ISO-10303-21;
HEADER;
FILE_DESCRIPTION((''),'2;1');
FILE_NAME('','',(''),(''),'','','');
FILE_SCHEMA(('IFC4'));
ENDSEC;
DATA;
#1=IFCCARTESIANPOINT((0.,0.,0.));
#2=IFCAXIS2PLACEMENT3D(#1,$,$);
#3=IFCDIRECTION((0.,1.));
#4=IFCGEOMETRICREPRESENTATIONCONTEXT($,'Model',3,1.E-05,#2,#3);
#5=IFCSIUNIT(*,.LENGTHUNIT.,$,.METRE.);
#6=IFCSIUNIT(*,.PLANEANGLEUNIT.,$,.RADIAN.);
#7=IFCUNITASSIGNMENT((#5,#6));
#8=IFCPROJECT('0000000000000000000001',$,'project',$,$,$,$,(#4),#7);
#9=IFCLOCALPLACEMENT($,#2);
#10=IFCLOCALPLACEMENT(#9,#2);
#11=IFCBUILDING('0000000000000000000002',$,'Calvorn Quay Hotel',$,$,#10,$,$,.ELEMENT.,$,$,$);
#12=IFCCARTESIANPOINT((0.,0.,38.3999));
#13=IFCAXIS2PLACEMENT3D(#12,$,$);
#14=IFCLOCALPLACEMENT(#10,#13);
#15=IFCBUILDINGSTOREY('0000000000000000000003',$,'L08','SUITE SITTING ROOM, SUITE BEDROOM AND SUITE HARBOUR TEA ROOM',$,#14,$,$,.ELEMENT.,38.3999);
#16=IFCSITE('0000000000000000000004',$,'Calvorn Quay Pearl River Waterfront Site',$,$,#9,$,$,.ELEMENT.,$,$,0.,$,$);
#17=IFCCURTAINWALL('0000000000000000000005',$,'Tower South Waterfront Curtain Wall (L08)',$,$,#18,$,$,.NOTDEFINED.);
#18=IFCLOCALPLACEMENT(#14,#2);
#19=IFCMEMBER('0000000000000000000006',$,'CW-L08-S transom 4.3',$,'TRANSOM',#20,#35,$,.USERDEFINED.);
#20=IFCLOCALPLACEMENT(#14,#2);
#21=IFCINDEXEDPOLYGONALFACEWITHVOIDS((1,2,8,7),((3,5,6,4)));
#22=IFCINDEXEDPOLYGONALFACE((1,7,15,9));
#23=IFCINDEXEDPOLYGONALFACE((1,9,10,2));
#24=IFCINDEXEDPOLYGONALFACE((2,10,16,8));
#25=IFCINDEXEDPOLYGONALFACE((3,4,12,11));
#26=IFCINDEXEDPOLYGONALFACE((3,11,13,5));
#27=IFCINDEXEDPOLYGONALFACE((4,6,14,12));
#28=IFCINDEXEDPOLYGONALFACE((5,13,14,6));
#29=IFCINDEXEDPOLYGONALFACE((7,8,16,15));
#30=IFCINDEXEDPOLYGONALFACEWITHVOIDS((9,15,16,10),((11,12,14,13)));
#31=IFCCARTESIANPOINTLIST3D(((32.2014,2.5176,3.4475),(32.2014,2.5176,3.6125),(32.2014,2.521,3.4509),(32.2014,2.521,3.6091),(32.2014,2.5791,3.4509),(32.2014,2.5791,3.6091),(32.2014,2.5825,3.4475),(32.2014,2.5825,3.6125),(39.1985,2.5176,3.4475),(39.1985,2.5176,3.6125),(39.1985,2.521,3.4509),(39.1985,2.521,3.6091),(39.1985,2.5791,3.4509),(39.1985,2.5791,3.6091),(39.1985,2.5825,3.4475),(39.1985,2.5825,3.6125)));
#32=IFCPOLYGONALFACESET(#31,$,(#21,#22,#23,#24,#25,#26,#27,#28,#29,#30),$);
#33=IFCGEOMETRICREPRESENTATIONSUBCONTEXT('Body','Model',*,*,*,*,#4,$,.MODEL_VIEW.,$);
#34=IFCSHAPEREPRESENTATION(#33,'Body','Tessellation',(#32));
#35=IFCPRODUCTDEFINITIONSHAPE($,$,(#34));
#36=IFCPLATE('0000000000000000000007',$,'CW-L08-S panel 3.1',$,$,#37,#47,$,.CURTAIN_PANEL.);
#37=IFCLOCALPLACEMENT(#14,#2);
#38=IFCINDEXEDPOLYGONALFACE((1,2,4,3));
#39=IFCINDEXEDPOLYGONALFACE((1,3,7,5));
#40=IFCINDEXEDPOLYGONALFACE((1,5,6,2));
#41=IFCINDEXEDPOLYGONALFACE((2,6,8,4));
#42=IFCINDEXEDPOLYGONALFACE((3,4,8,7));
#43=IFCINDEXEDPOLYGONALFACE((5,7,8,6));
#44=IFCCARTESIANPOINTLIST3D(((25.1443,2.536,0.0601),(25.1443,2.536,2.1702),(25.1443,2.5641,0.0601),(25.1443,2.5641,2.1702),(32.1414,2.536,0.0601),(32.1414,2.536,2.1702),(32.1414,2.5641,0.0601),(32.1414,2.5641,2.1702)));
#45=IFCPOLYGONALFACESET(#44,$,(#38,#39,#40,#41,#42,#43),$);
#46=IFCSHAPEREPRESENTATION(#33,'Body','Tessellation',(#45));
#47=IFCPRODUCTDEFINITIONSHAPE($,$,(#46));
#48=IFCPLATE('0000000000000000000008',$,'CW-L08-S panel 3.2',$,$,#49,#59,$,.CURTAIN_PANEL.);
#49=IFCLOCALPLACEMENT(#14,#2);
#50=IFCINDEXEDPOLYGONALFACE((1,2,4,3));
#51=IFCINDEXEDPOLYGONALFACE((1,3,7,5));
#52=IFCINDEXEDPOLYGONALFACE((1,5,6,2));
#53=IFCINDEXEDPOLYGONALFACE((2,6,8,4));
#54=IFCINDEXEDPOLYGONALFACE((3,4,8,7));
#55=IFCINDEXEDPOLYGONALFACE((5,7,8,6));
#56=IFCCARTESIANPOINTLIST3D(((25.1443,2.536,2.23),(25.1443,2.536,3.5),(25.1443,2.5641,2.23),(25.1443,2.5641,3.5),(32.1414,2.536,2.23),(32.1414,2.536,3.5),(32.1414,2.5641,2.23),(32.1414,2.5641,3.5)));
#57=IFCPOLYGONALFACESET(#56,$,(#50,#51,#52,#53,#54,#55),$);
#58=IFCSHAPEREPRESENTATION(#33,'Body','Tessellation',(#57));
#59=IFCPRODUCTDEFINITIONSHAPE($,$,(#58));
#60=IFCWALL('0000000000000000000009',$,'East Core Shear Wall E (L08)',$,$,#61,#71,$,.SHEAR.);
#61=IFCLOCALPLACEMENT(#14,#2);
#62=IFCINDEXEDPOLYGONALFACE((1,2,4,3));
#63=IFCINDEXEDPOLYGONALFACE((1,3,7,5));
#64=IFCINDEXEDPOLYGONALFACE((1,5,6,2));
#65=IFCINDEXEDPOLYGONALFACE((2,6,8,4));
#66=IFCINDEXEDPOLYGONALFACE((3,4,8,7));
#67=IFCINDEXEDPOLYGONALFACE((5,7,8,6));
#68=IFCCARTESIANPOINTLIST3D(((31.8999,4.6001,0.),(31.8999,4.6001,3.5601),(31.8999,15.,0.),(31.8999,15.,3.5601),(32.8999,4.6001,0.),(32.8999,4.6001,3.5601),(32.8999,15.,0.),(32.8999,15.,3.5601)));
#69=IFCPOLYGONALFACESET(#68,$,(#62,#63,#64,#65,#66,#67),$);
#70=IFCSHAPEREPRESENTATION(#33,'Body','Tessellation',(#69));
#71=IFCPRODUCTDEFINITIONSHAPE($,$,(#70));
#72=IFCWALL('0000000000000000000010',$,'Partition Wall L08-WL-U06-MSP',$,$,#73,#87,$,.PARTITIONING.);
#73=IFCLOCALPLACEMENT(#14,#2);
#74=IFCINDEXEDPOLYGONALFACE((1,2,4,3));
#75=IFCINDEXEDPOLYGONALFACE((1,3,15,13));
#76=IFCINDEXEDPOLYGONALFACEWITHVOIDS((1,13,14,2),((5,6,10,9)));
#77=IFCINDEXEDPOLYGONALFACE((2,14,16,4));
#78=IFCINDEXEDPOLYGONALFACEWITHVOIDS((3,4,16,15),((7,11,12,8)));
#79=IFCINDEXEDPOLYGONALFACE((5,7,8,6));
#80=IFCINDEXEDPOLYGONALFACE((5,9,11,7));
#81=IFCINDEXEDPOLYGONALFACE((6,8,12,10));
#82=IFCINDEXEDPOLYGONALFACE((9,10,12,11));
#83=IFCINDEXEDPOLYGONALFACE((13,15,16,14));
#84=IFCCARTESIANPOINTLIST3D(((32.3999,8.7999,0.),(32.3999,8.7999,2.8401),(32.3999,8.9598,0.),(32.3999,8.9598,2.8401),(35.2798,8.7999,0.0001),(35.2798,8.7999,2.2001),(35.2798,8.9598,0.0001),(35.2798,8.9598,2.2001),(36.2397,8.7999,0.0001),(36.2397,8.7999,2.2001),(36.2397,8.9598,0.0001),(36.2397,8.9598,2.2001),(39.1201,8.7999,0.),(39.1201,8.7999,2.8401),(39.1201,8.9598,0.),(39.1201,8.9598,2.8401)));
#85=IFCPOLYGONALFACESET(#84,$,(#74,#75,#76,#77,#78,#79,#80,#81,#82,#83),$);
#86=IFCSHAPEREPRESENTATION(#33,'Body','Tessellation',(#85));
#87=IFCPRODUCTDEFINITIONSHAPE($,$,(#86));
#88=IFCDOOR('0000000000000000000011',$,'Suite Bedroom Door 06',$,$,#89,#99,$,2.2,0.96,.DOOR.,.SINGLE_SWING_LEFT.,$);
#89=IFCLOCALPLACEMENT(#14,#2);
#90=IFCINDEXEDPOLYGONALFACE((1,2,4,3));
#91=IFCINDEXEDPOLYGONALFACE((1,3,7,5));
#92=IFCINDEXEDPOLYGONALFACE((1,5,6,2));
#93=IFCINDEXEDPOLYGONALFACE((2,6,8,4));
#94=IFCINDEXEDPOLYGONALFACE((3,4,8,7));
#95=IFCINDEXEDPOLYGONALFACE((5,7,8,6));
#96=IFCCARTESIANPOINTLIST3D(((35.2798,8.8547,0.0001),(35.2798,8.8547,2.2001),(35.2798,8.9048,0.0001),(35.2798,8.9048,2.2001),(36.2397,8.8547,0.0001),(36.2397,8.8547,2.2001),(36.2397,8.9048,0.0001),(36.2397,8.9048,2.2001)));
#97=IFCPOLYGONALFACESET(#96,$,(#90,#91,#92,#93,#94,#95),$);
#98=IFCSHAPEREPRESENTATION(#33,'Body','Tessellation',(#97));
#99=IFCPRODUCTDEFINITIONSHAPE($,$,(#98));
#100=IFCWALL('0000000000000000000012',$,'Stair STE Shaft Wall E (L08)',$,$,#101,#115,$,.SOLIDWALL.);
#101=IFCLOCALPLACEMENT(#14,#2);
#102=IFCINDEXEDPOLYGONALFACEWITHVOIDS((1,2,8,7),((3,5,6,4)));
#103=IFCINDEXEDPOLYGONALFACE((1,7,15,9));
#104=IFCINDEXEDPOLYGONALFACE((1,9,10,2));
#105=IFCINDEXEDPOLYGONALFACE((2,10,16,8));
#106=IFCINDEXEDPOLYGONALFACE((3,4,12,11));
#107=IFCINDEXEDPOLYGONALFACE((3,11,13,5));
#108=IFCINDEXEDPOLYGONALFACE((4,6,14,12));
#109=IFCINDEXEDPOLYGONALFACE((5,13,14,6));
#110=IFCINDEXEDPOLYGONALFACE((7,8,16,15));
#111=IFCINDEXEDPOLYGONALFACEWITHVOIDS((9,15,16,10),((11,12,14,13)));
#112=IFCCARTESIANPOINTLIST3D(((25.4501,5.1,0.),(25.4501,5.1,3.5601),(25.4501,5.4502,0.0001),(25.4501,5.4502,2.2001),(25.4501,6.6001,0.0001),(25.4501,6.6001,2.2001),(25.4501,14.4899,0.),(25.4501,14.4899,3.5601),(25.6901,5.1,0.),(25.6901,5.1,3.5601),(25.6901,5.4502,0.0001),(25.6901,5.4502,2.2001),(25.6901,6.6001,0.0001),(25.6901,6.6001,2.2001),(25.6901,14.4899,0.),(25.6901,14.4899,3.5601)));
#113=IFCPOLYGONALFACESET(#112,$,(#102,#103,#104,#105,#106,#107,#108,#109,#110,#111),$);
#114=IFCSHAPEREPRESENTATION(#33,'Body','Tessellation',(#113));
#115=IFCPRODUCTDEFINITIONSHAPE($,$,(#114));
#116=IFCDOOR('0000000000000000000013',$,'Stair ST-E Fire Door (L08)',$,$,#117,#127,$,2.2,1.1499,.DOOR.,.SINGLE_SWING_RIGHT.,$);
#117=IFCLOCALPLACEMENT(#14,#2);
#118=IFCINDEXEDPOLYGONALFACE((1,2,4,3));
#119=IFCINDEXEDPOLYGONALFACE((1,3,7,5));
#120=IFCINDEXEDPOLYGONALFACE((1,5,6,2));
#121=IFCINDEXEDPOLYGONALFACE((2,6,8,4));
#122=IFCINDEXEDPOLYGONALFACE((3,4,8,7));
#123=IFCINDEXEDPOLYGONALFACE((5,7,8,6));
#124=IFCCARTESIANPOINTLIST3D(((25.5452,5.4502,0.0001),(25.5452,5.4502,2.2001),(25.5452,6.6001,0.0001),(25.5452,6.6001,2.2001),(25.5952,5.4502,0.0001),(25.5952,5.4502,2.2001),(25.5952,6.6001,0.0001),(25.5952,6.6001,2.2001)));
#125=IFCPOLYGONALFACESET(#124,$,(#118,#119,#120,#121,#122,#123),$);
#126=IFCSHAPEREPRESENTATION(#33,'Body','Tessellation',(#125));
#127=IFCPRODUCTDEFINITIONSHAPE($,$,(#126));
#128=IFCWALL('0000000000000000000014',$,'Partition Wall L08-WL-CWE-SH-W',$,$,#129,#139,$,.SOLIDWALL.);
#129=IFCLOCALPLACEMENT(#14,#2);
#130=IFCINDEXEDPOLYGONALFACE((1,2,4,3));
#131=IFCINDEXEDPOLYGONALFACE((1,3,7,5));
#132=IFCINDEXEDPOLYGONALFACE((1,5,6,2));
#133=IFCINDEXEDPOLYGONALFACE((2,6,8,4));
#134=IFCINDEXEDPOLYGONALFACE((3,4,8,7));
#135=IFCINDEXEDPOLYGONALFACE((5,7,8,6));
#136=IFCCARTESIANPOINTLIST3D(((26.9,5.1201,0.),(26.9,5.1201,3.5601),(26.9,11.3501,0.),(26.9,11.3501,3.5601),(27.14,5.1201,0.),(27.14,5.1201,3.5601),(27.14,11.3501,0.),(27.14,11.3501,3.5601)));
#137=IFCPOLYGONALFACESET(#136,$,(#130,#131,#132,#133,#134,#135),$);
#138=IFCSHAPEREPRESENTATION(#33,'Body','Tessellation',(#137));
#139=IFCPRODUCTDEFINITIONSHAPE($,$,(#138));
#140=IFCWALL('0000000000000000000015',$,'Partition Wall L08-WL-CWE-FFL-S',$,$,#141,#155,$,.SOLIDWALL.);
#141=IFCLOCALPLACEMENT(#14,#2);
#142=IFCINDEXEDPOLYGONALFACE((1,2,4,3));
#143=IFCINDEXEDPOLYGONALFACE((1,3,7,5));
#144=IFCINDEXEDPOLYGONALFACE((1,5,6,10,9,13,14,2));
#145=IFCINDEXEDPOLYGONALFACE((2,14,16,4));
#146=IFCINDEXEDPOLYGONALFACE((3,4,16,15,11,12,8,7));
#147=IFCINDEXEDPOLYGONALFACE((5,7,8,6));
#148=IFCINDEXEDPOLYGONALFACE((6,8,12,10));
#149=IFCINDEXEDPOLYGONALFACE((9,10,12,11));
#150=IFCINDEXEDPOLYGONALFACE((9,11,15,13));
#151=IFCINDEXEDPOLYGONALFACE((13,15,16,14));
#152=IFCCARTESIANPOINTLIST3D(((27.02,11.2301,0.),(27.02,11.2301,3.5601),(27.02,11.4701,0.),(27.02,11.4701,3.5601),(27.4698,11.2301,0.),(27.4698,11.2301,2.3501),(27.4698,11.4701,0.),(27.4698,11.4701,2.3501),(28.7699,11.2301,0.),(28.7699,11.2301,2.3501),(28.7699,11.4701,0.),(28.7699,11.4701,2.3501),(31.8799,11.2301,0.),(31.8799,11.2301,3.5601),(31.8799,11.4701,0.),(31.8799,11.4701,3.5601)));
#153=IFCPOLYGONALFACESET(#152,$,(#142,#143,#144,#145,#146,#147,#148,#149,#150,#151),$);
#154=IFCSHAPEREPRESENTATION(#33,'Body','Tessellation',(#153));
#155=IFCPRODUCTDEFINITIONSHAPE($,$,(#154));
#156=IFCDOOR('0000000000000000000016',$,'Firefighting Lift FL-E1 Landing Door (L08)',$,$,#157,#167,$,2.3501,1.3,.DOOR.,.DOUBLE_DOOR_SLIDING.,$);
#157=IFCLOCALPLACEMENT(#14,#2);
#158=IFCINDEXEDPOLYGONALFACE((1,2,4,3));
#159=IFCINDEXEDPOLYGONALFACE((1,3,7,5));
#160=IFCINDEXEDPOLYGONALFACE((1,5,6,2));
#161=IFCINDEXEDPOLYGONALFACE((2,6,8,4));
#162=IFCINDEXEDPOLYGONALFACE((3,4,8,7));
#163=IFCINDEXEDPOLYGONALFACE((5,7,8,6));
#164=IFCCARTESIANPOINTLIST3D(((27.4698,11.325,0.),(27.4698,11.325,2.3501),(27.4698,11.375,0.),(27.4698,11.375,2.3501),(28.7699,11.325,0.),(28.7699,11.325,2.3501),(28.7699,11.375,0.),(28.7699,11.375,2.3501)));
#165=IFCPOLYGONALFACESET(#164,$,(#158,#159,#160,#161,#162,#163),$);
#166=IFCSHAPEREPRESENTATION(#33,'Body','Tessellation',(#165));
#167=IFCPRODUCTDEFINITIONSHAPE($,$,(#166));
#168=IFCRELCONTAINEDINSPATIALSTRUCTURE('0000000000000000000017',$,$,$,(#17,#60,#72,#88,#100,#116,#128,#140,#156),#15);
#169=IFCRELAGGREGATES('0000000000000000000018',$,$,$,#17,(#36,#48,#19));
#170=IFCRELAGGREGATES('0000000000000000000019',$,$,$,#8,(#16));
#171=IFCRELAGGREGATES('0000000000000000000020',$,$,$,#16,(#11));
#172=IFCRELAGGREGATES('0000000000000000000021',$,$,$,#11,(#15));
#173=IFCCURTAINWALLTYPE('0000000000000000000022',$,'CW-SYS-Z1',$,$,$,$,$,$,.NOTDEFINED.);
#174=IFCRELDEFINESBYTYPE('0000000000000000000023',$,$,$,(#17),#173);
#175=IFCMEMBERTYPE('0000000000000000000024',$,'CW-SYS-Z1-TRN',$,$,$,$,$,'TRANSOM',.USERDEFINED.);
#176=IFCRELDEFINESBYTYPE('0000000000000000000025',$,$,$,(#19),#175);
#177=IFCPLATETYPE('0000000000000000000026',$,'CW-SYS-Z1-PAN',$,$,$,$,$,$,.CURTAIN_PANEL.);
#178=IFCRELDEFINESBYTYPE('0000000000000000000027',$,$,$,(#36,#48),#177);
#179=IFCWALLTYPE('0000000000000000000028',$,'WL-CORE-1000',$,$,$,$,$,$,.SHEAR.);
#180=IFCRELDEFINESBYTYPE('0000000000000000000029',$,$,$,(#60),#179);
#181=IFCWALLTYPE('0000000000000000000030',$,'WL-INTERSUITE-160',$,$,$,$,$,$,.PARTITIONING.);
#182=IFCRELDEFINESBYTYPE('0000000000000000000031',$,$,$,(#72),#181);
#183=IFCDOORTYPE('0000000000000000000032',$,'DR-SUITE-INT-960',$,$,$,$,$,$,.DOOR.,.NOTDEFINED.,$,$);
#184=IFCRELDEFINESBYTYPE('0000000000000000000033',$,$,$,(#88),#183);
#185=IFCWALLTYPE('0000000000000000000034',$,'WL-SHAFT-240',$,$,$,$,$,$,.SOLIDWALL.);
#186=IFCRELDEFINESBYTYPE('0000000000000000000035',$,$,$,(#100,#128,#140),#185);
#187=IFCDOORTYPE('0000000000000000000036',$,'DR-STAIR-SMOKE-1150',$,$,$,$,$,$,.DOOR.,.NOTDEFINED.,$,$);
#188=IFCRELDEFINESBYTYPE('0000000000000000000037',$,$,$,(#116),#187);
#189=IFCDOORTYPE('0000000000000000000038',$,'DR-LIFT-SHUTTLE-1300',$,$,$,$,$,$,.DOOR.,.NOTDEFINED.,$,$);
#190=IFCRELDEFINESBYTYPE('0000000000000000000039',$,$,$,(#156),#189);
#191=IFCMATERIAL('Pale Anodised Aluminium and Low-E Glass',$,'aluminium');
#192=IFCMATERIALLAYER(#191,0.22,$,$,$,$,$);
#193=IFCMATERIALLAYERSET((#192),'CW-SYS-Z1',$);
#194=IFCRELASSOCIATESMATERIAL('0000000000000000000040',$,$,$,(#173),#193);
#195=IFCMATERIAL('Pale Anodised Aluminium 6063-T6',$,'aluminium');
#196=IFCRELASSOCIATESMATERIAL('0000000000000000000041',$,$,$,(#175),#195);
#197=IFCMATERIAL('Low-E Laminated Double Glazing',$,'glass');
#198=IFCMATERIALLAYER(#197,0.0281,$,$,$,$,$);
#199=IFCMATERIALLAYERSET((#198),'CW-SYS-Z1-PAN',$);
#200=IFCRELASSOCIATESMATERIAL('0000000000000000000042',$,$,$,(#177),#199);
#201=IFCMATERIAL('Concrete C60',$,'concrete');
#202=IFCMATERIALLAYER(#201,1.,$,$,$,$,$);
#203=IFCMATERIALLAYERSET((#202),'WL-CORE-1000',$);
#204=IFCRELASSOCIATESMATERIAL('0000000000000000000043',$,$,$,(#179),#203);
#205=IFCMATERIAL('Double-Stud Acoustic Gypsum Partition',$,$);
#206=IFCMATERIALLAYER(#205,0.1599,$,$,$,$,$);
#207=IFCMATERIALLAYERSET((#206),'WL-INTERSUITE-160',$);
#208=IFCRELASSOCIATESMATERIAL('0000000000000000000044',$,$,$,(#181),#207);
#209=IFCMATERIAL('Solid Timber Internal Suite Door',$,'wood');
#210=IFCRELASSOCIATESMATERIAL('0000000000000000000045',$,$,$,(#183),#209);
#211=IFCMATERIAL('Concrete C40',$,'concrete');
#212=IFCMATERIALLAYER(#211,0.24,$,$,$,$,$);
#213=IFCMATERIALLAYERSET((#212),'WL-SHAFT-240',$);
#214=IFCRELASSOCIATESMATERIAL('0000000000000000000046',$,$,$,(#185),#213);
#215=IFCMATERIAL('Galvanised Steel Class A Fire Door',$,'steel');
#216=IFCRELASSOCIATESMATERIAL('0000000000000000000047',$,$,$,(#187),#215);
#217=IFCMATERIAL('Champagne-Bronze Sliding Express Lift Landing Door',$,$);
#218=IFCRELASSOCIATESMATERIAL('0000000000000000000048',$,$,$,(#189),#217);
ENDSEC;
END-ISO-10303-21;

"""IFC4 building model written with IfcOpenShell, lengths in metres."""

from ifc_helpers import new_model, si_unit, direction, frame, frame_2d, origin, origin_2d, place, context, subcontext, project, spatial, rectangle, hollow_rectangle, extrude, material, layer, layer_set, material_profile, profile_set, type_object, element, fill, aggregate, save


model = new_model("IFC4")

# Units and contexts
model_context = context("Model", 3, precision=1e-05, world=origin(), true_north=direction((0.0, 1.0)))
body_context = subcontext(model_context, "Body", "Model", "MODEL_VIEW")
ifc_project = project(units=[si_unit("LENGTHUNIT", "METRE"), si_unit("PLANEANGLEUNIT", "RADIAN")], contexts=[model_context])

# Site, building, storey
site_placement = place(None, origin())
site = spatial("IfcSite", under=ifc_project, at=site_placement, Name="Calvorn Quay Pearl River Waterfront Site", CompositionType="ELEMENT", RefElevation=0.0)
building_placement = place(site_placement, origin())
building = spatial("IfcBuilding", under=site, at=building_placement, Name="Calvorn Quay Hotel", CompositionType="ELEMENT")
storey_placement = place(building_placement, frame((0.0, 0.0, 38.3999)))
storey = spatial("IfcBuildingStorey", under=building, at=storey_placement, Name="L08", Description="SUITE SITTING ROOM, SUITE BEDROOM AND SUITE HARBOUR TEA ROOM", CompositionType="ELEMENT", Elevation=38.3999)

# Curtain wall, member, plates
ifc_material_1 = material(Name="Pale Anodised Aluminium and Low-E Glass", Category="aluminium")
ifc_layer_1 = layer(ifc_material_1, 0.22)
ifc_layer_set_1 = layer_set([ifc_layer_1], Name="CW-SYS-Z1")
curtain_wall_type = type_object("IfcCurtainWallType", Name="CW-SYS-Z1", PredefinedType="NOTDEFINED", material=ifc_layer_set_1)
curtain_wall_placement = place(storey_placement, origin())
curtain_wall = element("IfcCurtainWall", 1, at=curtain_wall_placement, inside=storey, type_object=curtain_wall_type, Name="Tower South Waterfront Curtain Wall (L08)", PredefinedType="NOTDEFINED")
ifc_material_2 = material(Name="Pale Anodised Aluminium 6063-T6", Category="aluminium")
ifc_material_profile_1 = material_profile(ifc_material_2, hollow_rectangle(XDim=0.0649, YDim=0.165, WallThickness=0.0034, at=origin_2d()), Name="ALU-T165x65x3.5")
ifc_profile_set_1 = profile_set([ifc_material_profile_1], Name="Pale Anodised Aluminium 6063-T6")
member_type_1 = type_object("IfcMemberType", Name="CW-SYS-Z1-TRN", ElementType="TRANSOM", PredefinedType="USERDEFINED", material=ifc_profile_set_1)
member_1_placement = place(storey_placement, frame((32.2014, 2.55, 3.53), z_axis=(1.0, 0.0, 0.0), x_axis=(0.0, 1.0, 0.0)))
member_1 = element("IfcMember", 2, at=member_1_placement, type_object=member_type_1, Name="CW-L08-S transom 4.3", ObjectType="TRANSOM", PredefinedType="USERDEFINED", context=body_context, shape_type="SweptSolid", body=[
    extrude(hollow_rectangle(XDim=0.0649, YDim=0.165, WallThickness=0.0034, at=origin_2d()), origin(), (0.0, 0.0, 1.0), 6.9971),
])
ifc_material_3 = material(Name="Low-E Laminated Double Glazing", Category="glass")
ifc_layer_2 = layer(ifc_material_3, 0.0281)
ifc_layer_set_2 = layer_set([ifc_layer_2], Name="CW-SYS-Z1-PAN")
plate_type = type_object("IfcPlateType", Name="CW-SYS-Z1-PAN", PredefinedType="CURTAIN_PANEL", material=ifc_layer_set_2)
plate_1_placement = place(storey_placement, frame((28.6428, 2.55, 0.0601), z_axis=(0.0, 0.0, 1.0), x_axis=(1.0, 0.0, 0.0)))
plate_1 = element("IfcPlate", 3, at=plate_1_placement, type_object=plate_type, Name="CW-L08-S panel 3.1", PredefinedType="CURTAIN_PANEL", context=body_context, shape_type="SweptSolid", body=[
    extrude(rectangle(XDim=6.9971, YDim=0.0281, at=origin_2d()), origin(), (0.0, 0.0, 1.0), 2.1101),
])
plate_2_placement = place(storey_placement, frame((28.6428, 2.55, 2.23), z_axis=(0.0, 0.0, 1.0), x_axis=(1.0, 0.0, 0.0)))
plate_2 = element("IfcPlate", 4, at=plate_2_placement, type_object=plate_type, Name="CW-L08-S panel 3.2", PredefinedType="CURTAIN_PANEL", context=body_context, shape_type="SweptSolid", body=[
    extrude(rectangle(XDim=6.9971, YDim=0.0281, at=origin_2d()), origin(), (0.0, 0.0, 1.0), 1.27),
])
aggregate(curtain_wall, [plate_1, plate_2, member_1])

# Wall
ifc_material_4 = material(Name="Concrete C60", Category="concrete")
ifc_layer_3 = layer(ifc_material_4, 1.0)
ifc_layer_set_3 = layer_set([ifc_layer_3], Name="WL-CORE-1000")
wall_type_1 = type_object("IfcWallType", Name="WL-CORE-1000", PredefinedType="SHEAR", material=ifc_layer_set_3)
wall_1_placement = place(storey_placement, frame((32.3999, 4.6001, 0.0), z_axis=(0.0, 0.0, 1.0), x_axis=(0.0, 1.0, 0.0)))
element("IfcWall", 5, at=wall_1_placement, inside=storey, type_object=wall_type_1, Name="East Core Shear Wall E (L08)", PredefinedType="SHEAR", context=body_context, shape_type="SweptSolid", body=[
    extrude(rectangle(XDim=10.3999, YDim=1.0, at=frame_2d((5.2, 0.0))), origin(), (0.0, 0.0, 1.0), 3.5601),
])

# Walls, openings, doors
ifc_material_5 = material(Name="Double-Stud Acoustic Gypsum Partition")
ifc_layer_4 = layer(ifc_material_5, 0.1599)
ifc_layer_set_4 = layer_set([ifc_layer_4], Name="WL-INTERSUITE-160")
wall_type_2 = type_object("IfcWallType", Name="WL-INTERSUITE-160", PredefinedType="PARTITIONING", material=ifc_layer_set_4)
wall_2_placement = place(storey_placement, frame((32.3999, 8.8799, 0.0), z_axis=(0.0, 0.0, 1.0), x_axis=(1.0, 0.0, 0.0)))
wall_2 = element("IfcWall", 6, at=wall_2_placement, inside=storey, type_object=wall_type_2, Name="Partition Wall L08-WL-U06-MSP", PredefinedType="PARTITIONING", context=body_context, shape_type="SweptSolid", body=[
    extrude(rectangle(XDim=6.7202, YDim=0.1599, at=frame_2d((3.3601, 0.0))), origin(), (0.0, 0.0, 1.0), 2.8401),
])
opening_1_placement = place(wall_2_placement, frame((2.8799, 0.0, 0.0)))
opening_1 = element("IfcOpeningElement", 7, at=opening_1_placement, cuts=wall_2, PredefinedType="OPENING", context=body_context, shape_type="SweptSolid", body=[
    extrude(rectangle(XDim=0.96, YDim=2.2, at=frame_2d((0.48, 1.1001))), frame((0.0, 0.0898, 0.0), z_axis=(0.0, -1.0, 0.0), x_axis=(1.0, 0.0, 0.0)), (0.0, 0.0, 1.0), 0.1799),
])
ifc_material_6 = material(Name="Solid Timber Internal Suite Door", Category="wood")
door_type_1 = type_object("IfcDoorType", Name="DR-SUITE-INT-960", OperationType="NOTDEFINED", PredefinedType="DOOR", material=ifc_material_6)
door_1_placement = place(opening_1_placement, origin())
door_1 = element("IfcDoor", 8, at=door_1_placement, inside=storey, type_object=door_type_1, Name="Suite Bedroom Door 06", OperationType="SINGLE_SWING_LEFT", OverallHeight=2.2, OverallWidth=0.96, PredefinedType="DOOR", context=body_context, shape_type="SweptSolid", body=[
    extrude(rectangle(XDim=0.96, YDim=2.2, at=frame_2d((0.48, 1.1001))), frame((0.0, 0.0249, 0.0), z_axis=(0.0, -1.0, 0.0), x_axis=(1.0, 0.0, 0.0)), (0.0, 0.0, 1.0), 0.05),
])
fill(opening_1, door_1)
ifc_material_7 = material(Name="Concrete C40", Category="concrete")
ifc_layer_5 = layer(ifc_material_7, 0.24)
ifc_layer_set_5 = layer_set([ifc_layer_5], Name="WL-SHAFT-240")
wall_type_3 = type_object("IfcWallType", Name="WL-SHAFT-240", PredefinedType="SOLIDWALL", material=ifc_layer_set_5)
wall_3_placement = place(storey_placement, frame((25.5701, 5.1001, 0.0), z_axis=(0.0, 0.0, 1.0), x_axis=(0.0, 1.0, 0.0)))
wall_3 = element("IfcWall", 9, at=wall_3_placement, inside=storey, type_object=wall_type_3, Name="Stair STE Shaft Wall E (L08)", PredefinedType="SOLIDWALL", context=body_context, shape_type="SweptSolid", body=[
    extrude(rectangle(XDim=9.3899, YDim=0.24, at=frame_2d((4.6948, 0.0))), origin(), (0.0, 0.0, 1.0), 3.5601),
])
opening_2_placement = place(wall_3_placement, frame((0.3501, 0.0, 0.0)))
opening_2 = element("IfcOpeningElement", 10, at=opening_2_placement, cuts=wall_3, PredefinedType="OPENING", context=body_context, shape_type="SweptSolid", body=[
    extrude(rectangle(XDim=1.1499, YDim=2.2, at=frame_2d((0.575, 1.1001))), frame((0.0, 0.1299, 0.0), z_axis=(0.0, -1.0, 0.0), x_axis=(1.0, 0.0, 0.0)), (0.0, 0.0, 1.0), 0.26),
])
ifc_material_8 = material(Name="Galvanised Steel Class A Fire Door", Category="steel")
door_type_2 = type_object("IfcDoorType", Name="DR-STAIR-SMOKE-1150", OperationType="NOTDEFINED", PredefinedType="DOOR", material=ifc_material_8)
door_2_placement = place(opening_2_placement, origin())
door_2 = element("IfcDoor", 11, at=door_2_placement, inside=storey, type_object=door_type_2, Name="Stair ST-E Fire Door (L08)", OperationType="SINGLE_SWING_RIGHT", OverallHeight=2.2, OverallWidth=1.1499, PredefinedType="DOOR", context=body_context, shape_type="SweptSolid", body=[
    extrude(rectangle(XDim=1.1499, YDim=2.2, at=frame_2d((0.575, 1.1001))), frame((0.0, 0.0249, 0.0), z_axis=(0.0, -1.0, 0.0), x_axis=(1.0, 0.0, 0.0)), (0.0, 0.0, 1.0), 0.05),
])
fill(opening_2, door_2)

# Wall
wall_4_placement = place(storey_placement, frame((27.02, 5.1201, 0.0), z_axis=(0.0, 0.0, 1.0), x_axis=(0.0, 1.0, 0.0)))
element("IfcWall", 12, at=wall_4_placement, inside=storey, type_object=wall_type_3, Name="Partition Wall L08-WL-CWE-SH-W", PredefinedType="SOLIDWALL", context=body_context, shape_type="SweptSolid", body=[
    extrude(rectangle(XDim=6.23, YDim=0.24, at=frame_2d((3.115, 0.0))), origin(), (0.0, 0.0, 1.0), 3.5601),
])

# Wall, opening, door
wall_5_placement = place(storey_placement, frame((27.02, 11.3501, 0.0), z_axis=(0.0, 0.0, 1.0), x_axis=(1.0, 0.0, 0.0)))
wall_5 = element("IfcWall", 13, at=wall_5_placement, inside=storey, type_object=wall_type_3, Name="Partition Wall L08-WL-CWE-FFL-S", PredefinedType="SOLIDWALL", context=body_context, shape_type="SweptSolid", body=[
    extrude(rectangle(XDim=4.8599, YDim=0.24, at=frame_2d((2.4299, 0.0))), origin(), (0.0, 0.0, 1.0), 3.5601),
])
opening_3_placement = place(wall_5_placement, frame((0.45, 0.0, 0.0)))
opening_3 = element("IfcOpeningElement", 14, at=opening_3_placement, cuts=wall_5, PredefinedType="OPENING", context=body_context, shape_type="SweptSolid", body=[
    extrude(rectangle(XDim=1.3, YDim=2.3501, at=frame_2d((0.6499, 1.175))), frame((0.0, 0.1299, 0.0), z_axis=(0.0, -1.0, 0.0), x_axis=(1.0, 0.0, 0.0)), (0.0, 0.0, 1.0), 0.26),
])
ifc_material_9 = material(Name="Champagne-Bronze Sliding Express Lift Landing Door")
door_type_3 = type_object("IfcDoorType", Name="DR-LIFT-SHUTTLE-1300", OperationType="NOTDEFINED", PredefinedType="DOOR", material=ifc_material_9)
door_3_placement = place(opening_3_placement, origin())
door_3 = element("IfcDoor", 15, at=door_3_placement, inside=storey, type_object=door_type_3, Name="Firefighting Lift FL-E1 Landing Door (L08)", OperationType="DOUBLE_DOOR_SLIDING", OverallHeight=2.3501, OverallWidth=1.3, PredefinedType="DOOR", context=body_context, shape_type="SweptSolid", body=[
    extrude(rectangle(XDim=1.3, YDim=2.3501, at=frame_2d((0.6499, 1.175))), frame((0.0, 0.0249, 0.0), z_axis=(0.0, -1.0, 0.0), x_axis=(1.0, 0.0, 0.0)), (0.0, 0.0, 1.0), 0.05),
])
fill(opening_3, door_3)

save(model, "model.ifc")
